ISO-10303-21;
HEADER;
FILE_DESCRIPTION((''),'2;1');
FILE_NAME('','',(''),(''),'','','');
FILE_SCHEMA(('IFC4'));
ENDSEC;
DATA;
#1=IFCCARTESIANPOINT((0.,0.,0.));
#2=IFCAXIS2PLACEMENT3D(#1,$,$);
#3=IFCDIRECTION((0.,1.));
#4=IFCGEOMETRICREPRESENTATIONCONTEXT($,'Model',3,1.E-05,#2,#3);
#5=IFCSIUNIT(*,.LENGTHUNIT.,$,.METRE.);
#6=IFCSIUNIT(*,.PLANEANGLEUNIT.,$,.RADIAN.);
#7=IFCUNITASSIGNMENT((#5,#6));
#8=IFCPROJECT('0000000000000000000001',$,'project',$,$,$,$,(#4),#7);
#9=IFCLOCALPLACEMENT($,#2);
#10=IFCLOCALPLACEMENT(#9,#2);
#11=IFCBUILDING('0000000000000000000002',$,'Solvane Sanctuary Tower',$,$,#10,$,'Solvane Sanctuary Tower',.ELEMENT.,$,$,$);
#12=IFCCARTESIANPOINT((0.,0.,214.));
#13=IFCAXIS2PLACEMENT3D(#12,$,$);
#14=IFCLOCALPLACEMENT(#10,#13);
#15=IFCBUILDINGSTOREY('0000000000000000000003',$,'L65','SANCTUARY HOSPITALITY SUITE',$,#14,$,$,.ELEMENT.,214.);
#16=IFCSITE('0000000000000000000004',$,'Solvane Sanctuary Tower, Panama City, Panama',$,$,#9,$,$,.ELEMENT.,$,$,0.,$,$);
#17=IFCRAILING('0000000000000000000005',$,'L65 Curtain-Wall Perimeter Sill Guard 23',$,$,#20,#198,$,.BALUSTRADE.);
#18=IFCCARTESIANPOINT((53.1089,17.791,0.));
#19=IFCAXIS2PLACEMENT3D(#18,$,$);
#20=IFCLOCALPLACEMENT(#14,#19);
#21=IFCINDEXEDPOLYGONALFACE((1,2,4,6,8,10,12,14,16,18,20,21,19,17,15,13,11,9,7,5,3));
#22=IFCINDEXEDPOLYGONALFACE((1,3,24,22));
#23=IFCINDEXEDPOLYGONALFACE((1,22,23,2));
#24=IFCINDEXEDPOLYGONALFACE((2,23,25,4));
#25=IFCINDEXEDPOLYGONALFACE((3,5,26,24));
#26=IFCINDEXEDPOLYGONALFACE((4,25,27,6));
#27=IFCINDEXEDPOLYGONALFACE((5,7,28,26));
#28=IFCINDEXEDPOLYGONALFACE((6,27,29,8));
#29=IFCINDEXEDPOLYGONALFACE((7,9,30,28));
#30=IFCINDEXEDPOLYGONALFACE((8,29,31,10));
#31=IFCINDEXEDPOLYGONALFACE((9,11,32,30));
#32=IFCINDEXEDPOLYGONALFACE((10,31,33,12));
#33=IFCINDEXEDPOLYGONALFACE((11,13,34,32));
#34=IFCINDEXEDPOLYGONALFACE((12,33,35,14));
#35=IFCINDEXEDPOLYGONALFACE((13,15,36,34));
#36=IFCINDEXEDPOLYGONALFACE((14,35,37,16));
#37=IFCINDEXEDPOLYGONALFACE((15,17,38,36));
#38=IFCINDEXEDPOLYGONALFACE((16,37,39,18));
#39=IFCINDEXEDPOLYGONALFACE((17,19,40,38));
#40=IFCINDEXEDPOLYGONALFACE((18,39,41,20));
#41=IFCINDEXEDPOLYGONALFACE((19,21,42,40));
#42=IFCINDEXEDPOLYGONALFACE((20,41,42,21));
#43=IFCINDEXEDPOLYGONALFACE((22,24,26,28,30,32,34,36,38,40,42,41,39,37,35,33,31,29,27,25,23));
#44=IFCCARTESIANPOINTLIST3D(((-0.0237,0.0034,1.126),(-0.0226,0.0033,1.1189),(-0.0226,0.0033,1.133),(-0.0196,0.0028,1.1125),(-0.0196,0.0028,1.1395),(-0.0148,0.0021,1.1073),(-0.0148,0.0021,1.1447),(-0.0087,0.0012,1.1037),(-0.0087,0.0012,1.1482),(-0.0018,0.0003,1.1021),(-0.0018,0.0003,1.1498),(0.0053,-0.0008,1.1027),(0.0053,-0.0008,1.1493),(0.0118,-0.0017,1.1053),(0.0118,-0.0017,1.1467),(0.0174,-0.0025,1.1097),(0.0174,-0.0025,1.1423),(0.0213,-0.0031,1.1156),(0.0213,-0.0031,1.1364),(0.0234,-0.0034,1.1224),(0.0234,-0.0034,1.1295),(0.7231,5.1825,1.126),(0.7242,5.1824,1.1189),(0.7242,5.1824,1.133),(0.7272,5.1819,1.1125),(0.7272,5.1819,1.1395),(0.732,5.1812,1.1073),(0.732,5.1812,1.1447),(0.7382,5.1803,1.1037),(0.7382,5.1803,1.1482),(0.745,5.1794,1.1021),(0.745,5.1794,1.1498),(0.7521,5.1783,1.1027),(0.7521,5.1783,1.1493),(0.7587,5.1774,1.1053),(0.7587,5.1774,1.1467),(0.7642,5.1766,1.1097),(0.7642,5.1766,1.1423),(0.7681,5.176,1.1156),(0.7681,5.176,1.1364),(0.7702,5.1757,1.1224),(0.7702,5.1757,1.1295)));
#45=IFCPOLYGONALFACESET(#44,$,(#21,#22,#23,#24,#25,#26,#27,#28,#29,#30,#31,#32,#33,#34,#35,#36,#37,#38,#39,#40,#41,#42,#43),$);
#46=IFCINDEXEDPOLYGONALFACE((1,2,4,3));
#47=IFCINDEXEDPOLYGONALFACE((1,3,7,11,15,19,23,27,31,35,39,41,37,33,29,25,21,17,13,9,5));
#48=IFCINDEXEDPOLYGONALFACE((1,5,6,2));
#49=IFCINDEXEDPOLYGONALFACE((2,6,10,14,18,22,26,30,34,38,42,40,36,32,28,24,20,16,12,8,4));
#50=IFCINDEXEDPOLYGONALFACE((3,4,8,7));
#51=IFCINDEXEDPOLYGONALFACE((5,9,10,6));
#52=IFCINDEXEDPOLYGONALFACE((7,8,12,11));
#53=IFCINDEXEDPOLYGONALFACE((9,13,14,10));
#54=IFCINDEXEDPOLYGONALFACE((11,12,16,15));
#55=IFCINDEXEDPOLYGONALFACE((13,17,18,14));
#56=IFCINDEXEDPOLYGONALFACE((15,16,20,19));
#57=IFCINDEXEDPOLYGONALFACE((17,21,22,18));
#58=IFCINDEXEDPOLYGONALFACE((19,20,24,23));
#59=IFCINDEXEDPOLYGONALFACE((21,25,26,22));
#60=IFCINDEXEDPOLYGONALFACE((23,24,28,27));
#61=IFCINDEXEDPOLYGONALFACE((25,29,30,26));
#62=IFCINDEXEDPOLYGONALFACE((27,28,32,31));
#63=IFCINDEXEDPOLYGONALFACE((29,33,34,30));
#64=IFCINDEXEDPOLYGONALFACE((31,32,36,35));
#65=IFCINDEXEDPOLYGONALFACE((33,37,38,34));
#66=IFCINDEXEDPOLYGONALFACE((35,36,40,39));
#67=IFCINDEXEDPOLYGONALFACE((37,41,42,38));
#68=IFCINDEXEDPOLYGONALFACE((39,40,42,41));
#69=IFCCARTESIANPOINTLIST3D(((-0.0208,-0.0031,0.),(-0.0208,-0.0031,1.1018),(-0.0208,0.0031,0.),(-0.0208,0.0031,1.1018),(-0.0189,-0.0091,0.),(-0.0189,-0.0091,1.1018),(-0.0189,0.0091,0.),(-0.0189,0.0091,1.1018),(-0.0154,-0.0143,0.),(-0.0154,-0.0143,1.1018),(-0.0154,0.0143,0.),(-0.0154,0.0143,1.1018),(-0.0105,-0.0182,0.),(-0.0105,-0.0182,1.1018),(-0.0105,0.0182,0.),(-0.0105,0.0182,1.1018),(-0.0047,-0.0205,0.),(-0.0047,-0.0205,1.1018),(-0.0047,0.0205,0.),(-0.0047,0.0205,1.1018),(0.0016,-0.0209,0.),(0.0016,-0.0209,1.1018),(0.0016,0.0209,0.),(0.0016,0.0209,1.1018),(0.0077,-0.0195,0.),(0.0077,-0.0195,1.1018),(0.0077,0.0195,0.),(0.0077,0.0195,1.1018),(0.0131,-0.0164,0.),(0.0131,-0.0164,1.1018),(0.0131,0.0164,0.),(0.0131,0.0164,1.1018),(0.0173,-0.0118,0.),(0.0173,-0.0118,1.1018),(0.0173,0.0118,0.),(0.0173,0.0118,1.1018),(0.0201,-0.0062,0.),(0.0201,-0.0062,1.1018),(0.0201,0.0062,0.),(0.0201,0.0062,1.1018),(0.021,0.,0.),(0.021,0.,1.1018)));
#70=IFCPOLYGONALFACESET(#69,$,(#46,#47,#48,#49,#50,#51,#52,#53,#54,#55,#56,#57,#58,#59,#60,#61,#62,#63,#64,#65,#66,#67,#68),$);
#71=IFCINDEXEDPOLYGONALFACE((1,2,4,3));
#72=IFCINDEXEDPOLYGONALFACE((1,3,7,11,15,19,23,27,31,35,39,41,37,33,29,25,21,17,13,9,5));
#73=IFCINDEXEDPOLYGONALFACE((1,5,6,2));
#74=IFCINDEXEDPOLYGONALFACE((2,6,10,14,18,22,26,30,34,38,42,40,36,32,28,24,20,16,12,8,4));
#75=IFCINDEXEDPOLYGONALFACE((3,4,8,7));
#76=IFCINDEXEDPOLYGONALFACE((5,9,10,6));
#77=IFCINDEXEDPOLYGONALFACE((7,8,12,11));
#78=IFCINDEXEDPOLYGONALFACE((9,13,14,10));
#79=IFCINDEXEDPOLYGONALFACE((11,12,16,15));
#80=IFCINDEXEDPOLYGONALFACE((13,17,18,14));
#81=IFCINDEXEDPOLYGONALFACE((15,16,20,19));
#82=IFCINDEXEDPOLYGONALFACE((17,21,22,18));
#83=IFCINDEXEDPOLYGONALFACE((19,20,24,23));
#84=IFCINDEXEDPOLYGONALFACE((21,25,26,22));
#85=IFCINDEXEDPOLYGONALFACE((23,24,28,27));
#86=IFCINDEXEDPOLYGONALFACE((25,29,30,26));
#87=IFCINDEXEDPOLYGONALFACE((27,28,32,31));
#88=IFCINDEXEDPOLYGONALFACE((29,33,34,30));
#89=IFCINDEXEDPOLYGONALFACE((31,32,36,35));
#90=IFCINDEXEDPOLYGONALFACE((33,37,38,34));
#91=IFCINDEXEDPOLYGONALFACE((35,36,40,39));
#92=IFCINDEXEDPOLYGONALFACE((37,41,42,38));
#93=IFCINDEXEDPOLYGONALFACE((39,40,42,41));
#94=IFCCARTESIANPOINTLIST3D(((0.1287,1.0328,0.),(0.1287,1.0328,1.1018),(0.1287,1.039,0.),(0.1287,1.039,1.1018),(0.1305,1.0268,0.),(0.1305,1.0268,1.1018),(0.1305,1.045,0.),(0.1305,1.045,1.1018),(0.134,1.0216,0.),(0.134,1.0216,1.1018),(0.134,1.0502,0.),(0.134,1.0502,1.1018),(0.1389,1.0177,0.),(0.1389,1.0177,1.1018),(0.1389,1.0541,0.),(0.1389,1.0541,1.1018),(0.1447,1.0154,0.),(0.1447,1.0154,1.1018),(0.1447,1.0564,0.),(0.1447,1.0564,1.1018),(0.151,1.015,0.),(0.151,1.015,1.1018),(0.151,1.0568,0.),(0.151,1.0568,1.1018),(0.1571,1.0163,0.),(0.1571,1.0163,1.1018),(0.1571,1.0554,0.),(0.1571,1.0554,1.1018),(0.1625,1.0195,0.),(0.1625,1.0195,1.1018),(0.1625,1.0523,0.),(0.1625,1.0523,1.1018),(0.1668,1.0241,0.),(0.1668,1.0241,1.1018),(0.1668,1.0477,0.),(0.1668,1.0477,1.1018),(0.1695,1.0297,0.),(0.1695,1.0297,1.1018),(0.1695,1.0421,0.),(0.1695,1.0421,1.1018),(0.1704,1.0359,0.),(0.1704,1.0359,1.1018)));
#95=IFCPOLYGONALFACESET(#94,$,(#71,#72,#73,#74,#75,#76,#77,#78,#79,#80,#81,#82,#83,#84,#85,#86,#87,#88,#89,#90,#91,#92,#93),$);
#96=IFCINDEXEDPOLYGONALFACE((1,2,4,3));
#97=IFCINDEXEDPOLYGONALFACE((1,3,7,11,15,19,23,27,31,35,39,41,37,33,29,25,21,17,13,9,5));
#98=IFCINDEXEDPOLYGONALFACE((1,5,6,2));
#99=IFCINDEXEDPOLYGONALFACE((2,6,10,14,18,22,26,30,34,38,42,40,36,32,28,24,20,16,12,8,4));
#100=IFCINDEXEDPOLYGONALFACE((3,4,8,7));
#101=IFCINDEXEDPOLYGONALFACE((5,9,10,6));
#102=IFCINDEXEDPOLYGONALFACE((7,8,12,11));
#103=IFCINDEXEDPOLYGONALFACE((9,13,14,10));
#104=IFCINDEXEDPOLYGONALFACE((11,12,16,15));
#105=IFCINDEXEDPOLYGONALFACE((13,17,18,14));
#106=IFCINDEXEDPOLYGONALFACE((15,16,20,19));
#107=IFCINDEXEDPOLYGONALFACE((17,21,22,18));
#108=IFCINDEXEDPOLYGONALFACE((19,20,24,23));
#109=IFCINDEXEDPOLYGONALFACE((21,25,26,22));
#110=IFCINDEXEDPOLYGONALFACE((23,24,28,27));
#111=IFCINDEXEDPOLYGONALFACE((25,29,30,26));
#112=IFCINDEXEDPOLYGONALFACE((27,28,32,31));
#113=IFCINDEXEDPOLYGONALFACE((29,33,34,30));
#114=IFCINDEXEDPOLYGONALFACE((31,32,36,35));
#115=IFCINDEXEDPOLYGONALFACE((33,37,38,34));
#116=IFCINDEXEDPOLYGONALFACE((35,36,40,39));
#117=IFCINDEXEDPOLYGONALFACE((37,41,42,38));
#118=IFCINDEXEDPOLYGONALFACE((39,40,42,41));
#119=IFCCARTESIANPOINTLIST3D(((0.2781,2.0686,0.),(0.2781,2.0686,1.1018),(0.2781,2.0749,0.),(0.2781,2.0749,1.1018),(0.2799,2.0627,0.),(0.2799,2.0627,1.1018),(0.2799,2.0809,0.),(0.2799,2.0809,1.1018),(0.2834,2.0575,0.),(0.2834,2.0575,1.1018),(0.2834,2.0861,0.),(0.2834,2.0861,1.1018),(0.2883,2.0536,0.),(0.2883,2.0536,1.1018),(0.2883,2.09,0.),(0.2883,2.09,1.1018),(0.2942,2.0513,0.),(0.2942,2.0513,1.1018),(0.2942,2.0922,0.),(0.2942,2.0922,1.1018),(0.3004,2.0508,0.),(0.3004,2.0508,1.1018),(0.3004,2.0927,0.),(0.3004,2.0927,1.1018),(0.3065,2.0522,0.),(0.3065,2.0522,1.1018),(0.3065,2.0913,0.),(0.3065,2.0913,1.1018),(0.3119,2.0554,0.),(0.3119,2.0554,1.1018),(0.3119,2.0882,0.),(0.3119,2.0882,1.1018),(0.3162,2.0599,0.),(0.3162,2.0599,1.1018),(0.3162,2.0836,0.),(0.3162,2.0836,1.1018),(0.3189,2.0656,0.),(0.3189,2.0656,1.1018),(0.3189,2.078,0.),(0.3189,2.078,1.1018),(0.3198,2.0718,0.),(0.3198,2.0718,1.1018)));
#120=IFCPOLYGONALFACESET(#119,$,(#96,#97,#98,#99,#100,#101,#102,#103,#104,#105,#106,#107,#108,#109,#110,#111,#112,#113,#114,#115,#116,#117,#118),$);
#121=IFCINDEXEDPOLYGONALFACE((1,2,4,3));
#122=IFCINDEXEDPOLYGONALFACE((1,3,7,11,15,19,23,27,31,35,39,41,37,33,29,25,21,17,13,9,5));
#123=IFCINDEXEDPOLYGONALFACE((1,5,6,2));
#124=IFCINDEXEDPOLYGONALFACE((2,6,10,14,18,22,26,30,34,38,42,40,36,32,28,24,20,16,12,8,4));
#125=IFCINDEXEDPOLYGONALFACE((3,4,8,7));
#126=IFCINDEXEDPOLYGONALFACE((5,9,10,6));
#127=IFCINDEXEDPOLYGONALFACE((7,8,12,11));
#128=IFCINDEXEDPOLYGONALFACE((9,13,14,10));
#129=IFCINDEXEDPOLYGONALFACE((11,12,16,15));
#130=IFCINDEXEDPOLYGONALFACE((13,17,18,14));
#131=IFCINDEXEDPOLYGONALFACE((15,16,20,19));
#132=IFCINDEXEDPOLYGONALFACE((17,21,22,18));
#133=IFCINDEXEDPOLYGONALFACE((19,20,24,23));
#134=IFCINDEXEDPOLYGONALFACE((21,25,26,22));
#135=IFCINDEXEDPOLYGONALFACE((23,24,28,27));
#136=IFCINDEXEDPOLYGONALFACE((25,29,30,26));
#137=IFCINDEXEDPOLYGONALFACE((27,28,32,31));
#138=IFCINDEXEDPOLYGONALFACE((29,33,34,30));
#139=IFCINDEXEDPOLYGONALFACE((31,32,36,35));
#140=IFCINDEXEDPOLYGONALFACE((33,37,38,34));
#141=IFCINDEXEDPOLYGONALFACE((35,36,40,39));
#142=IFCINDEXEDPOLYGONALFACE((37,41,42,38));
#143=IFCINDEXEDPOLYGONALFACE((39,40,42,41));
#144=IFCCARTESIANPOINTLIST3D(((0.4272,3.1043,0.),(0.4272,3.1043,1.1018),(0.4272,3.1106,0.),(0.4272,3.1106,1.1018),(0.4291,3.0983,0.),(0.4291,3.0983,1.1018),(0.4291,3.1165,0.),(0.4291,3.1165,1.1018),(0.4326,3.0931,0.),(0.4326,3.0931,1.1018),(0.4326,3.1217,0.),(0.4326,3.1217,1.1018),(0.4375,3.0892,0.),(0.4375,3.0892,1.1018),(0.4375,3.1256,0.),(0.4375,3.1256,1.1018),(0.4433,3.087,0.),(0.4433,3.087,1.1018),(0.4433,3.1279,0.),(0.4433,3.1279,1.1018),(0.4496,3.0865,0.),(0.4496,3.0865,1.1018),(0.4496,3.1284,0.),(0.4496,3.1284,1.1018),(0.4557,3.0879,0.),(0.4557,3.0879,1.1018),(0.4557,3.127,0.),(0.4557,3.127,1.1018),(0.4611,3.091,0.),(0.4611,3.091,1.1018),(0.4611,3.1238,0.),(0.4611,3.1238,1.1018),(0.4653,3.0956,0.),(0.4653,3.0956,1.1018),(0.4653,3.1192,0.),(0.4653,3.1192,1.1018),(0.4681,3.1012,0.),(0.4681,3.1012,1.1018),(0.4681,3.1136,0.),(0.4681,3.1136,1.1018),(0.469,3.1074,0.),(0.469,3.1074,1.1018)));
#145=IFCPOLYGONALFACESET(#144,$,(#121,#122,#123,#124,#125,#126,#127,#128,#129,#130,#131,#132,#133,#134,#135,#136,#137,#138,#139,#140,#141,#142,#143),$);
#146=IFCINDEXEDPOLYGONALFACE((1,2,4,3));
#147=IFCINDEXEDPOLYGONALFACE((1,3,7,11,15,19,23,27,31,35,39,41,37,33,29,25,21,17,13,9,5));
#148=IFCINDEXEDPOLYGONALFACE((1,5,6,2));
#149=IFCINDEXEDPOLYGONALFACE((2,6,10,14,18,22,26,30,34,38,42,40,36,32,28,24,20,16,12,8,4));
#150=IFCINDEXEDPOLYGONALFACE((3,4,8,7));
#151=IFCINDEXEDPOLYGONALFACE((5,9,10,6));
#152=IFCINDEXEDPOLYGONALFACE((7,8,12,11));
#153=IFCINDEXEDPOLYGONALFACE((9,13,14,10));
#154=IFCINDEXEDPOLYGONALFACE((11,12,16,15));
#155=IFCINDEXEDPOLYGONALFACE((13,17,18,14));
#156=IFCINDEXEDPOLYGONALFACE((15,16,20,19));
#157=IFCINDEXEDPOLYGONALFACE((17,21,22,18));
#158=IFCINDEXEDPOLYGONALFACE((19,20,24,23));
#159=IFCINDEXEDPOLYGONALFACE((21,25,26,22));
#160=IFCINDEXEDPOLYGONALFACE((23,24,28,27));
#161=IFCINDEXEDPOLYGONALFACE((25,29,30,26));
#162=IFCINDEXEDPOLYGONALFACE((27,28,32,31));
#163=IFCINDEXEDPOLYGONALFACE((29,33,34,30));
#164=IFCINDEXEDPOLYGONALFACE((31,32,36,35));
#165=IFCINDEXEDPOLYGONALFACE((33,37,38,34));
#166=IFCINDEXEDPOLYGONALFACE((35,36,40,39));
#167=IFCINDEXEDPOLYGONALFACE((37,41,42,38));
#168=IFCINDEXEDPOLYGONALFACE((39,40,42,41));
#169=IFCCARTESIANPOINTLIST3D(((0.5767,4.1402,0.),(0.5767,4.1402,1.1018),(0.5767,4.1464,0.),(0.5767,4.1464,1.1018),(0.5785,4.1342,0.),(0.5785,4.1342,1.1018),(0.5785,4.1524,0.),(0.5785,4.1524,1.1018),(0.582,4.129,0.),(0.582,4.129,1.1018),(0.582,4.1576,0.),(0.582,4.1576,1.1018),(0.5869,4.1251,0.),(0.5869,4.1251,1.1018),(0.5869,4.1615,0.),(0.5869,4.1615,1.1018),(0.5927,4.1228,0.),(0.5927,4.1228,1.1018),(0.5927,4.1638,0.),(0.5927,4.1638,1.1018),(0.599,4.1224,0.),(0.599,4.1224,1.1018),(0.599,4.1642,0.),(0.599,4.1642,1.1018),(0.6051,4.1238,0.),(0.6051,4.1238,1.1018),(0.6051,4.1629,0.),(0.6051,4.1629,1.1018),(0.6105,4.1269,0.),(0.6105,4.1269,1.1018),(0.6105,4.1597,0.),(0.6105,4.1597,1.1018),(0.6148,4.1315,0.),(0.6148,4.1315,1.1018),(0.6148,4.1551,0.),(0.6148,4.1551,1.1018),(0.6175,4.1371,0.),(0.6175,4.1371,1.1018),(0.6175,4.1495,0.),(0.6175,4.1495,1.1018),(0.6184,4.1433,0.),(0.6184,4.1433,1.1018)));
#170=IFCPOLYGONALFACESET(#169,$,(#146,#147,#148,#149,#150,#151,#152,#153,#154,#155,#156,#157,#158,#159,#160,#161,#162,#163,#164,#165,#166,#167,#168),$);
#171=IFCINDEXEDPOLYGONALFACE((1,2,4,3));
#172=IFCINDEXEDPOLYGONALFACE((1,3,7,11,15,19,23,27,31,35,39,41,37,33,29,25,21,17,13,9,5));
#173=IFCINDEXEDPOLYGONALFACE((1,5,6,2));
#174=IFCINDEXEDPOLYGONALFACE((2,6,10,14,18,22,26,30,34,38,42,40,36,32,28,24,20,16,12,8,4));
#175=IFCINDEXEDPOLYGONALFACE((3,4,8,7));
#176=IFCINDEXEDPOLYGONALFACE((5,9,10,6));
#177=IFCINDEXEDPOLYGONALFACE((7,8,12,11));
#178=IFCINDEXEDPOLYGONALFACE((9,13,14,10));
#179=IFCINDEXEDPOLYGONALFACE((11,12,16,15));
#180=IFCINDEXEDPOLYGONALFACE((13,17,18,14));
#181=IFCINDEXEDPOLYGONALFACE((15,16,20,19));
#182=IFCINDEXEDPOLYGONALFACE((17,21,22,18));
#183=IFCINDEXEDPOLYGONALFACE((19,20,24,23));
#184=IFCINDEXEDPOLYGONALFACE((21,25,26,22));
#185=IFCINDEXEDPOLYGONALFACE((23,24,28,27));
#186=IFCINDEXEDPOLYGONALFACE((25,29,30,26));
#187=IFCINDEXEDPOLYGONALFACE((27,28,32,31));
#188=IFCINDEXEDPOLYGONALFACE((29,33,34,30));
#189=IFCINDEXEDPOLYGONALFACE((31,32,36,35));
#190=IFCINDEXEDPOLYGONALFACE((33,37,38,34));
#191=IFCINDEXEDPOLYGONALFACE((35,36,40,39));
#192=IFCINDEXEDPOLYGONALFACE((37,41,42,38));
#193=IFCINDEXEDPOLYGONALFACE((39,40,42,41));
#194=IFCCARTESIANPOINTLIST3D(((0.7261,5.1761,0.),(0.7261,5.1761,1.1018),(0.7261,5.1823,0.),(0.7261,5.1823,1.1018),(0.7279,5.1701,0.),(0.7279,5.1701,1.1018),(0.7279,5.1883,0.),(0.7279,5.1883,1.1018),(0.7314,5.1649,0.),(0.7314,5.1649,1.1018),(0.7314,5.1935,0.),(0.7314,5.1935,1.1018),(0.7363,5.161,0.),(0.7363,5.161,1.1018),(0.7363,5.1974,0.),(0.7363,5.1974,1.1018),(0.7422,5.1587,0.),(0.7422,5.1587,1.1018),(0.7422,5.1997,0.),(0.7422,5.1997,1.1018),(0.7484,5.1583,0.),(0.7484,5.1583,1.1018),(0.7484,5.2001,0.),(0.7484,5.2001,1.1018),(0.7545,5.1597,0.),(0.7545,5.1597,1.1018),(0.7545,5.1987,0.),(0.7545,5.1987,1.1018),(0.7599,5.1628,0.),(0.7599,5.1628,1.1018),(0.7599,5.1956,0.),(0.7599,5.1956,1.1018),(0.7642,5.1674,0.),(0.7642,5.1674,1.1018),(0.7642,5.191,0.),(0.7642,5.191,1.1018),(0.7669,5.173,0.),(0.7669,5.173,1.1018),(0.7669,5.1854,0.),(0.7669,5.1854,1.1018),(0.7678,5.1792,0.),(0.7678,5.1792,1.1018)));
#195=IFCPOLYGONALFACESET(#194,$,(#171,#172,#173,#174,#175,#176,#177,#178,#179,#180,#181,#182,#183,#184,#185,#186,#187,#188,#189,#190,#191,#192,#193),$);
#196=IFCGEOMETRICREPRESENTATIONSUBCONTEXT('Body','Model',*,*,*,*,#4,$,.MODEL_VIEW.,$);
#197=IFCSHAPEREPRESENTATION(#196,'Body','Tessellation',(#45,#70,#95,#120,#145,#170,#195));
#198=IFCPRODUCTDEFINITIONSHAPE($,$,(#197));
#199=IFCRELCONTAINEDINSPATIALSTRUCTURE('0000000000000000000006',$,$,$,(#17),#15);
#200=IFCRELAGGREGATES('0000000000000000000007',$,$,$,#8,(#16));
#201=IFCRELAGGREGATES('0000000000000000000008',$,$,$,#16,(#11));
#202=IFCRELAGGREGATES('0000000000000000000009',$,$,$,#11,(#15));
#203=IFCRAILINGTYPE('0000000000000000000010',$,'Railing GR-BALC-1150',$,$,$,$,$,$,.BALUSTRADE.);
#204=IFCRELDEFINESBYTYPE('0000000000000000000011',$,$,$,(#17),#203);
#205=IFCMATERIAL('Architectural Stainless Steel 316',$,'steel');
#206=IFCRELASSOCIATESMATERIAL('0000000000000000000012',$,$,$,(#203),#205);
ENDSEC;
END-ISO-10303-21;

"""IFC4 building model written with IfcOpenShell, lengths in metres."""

from ifc_helpers import new_model, si_unit, direction, frame, origin, origin_2d, place, context, subcontext, project, spatial, circle, extrude, material, type_object, element, save


model = new_model("IFC4")

# Units and contexts
model_context = context("Model", 3, precision=1e-05, world=origin(), true_north=direction((0.0, 1.0)))
body_context = subcontext(model_context, "Body", "Model", "MODEL_VIEW")
ifc_project = project(units=[si_unit("LENGTHUNIT", "METRE"), si_unit("PLANEANGLEUNIT", "RADIAN")], contexts=[model_context])

# Site, building, storey
site_placement = place(None, origin())
site = spatial("IfcSite", under=ifc_project, at=site_placement, Name="Solvane Sanctuary Tower, Panama City, Panama", CompositionType="ELEMENT", RefElevation=0.0)
building_placement = place(site_placement, origin())
building = spatial("IfcBuilding", under=site, at=building_placement, Name="Solvane Sanctuary Tower", LongName="Solvane Sanctuary Tower", CompositionType="ELEMENT")
storey_placement = place(building_placement, frame((0.0, 0.0, 214.0)))
storey = spatial("IfcBuildingStorey", under=building, at=storey_placement, Name="L65", Description="SANCTUARY HOSPITALITY SUITE", CompositionType="ELEMENT", Elevation=214.0)

# Shared definitions
ifc_material_1 = material(Name="Architectural Stainless Steel 316", Category="steel")

# Railing
railing_type_1 = type_object("IfcRailingType", Name="Railing GR-BALC-1150", PredefinedType="BALUSTRADE", material=ifc_material_1)
railing_1_placement = place(storey_placement, frame((53.1089, 17.791, 0.0)))
element("IfcRailing", 1, at=railing_1_placement, inside=storey, type_object=railing_type_1, Name="L65 Curtain-Wall Perimeter Sill Guard 23", PredefinedType="BALUSTRADE", context=body_context, shape_type="SweptSolid", body=[
    extrude(circle(Radius=0.0239, at=origin_2d()), frame((0.0, 0.0, 1.126), z_axis=(0.142721, 0.989763, 0.0), x_axis=(-0.989763, 0.142721, 0.0)), (0.0, 0.0, 1.0), 5.2327),
    extrude(circle(Radius=0.021, at=origin_2d()), origin(), (0.0, 0.0, 1.0), 1.1018),
    extrude(circle(Radius=0.021, at=origin_2d()), frame((0.1494, 1.0359, 0.0)), (0.0, 0.0, 1.0), 1.1018),
    extrude(circle(Radius=0.021, at=origin_2d()), frame((0.2988, 2.0718, 0.0)), (0.0, 0.0, 1.0), 1.1018),
    extrude(circle(Radius=0.021, at=origin_2d()), frame((0.448, 3.1074, 0.0)), (0.0, 0.0, 1.0), 1.1018),
    extrude(circle(Radius=0.021, at=origin_2d()), frame((0.5974, 4.1433, 0.0)), (0.0, 0.0, 1.0), 1.1018),
    extrude(circle(Radius=0.021, at=origin_2d()), frame((0.7468, 5.1792, 0.0)), (0.0, 0.0, 1.0), 1.1018),
])

save(model, "model.ifc")
